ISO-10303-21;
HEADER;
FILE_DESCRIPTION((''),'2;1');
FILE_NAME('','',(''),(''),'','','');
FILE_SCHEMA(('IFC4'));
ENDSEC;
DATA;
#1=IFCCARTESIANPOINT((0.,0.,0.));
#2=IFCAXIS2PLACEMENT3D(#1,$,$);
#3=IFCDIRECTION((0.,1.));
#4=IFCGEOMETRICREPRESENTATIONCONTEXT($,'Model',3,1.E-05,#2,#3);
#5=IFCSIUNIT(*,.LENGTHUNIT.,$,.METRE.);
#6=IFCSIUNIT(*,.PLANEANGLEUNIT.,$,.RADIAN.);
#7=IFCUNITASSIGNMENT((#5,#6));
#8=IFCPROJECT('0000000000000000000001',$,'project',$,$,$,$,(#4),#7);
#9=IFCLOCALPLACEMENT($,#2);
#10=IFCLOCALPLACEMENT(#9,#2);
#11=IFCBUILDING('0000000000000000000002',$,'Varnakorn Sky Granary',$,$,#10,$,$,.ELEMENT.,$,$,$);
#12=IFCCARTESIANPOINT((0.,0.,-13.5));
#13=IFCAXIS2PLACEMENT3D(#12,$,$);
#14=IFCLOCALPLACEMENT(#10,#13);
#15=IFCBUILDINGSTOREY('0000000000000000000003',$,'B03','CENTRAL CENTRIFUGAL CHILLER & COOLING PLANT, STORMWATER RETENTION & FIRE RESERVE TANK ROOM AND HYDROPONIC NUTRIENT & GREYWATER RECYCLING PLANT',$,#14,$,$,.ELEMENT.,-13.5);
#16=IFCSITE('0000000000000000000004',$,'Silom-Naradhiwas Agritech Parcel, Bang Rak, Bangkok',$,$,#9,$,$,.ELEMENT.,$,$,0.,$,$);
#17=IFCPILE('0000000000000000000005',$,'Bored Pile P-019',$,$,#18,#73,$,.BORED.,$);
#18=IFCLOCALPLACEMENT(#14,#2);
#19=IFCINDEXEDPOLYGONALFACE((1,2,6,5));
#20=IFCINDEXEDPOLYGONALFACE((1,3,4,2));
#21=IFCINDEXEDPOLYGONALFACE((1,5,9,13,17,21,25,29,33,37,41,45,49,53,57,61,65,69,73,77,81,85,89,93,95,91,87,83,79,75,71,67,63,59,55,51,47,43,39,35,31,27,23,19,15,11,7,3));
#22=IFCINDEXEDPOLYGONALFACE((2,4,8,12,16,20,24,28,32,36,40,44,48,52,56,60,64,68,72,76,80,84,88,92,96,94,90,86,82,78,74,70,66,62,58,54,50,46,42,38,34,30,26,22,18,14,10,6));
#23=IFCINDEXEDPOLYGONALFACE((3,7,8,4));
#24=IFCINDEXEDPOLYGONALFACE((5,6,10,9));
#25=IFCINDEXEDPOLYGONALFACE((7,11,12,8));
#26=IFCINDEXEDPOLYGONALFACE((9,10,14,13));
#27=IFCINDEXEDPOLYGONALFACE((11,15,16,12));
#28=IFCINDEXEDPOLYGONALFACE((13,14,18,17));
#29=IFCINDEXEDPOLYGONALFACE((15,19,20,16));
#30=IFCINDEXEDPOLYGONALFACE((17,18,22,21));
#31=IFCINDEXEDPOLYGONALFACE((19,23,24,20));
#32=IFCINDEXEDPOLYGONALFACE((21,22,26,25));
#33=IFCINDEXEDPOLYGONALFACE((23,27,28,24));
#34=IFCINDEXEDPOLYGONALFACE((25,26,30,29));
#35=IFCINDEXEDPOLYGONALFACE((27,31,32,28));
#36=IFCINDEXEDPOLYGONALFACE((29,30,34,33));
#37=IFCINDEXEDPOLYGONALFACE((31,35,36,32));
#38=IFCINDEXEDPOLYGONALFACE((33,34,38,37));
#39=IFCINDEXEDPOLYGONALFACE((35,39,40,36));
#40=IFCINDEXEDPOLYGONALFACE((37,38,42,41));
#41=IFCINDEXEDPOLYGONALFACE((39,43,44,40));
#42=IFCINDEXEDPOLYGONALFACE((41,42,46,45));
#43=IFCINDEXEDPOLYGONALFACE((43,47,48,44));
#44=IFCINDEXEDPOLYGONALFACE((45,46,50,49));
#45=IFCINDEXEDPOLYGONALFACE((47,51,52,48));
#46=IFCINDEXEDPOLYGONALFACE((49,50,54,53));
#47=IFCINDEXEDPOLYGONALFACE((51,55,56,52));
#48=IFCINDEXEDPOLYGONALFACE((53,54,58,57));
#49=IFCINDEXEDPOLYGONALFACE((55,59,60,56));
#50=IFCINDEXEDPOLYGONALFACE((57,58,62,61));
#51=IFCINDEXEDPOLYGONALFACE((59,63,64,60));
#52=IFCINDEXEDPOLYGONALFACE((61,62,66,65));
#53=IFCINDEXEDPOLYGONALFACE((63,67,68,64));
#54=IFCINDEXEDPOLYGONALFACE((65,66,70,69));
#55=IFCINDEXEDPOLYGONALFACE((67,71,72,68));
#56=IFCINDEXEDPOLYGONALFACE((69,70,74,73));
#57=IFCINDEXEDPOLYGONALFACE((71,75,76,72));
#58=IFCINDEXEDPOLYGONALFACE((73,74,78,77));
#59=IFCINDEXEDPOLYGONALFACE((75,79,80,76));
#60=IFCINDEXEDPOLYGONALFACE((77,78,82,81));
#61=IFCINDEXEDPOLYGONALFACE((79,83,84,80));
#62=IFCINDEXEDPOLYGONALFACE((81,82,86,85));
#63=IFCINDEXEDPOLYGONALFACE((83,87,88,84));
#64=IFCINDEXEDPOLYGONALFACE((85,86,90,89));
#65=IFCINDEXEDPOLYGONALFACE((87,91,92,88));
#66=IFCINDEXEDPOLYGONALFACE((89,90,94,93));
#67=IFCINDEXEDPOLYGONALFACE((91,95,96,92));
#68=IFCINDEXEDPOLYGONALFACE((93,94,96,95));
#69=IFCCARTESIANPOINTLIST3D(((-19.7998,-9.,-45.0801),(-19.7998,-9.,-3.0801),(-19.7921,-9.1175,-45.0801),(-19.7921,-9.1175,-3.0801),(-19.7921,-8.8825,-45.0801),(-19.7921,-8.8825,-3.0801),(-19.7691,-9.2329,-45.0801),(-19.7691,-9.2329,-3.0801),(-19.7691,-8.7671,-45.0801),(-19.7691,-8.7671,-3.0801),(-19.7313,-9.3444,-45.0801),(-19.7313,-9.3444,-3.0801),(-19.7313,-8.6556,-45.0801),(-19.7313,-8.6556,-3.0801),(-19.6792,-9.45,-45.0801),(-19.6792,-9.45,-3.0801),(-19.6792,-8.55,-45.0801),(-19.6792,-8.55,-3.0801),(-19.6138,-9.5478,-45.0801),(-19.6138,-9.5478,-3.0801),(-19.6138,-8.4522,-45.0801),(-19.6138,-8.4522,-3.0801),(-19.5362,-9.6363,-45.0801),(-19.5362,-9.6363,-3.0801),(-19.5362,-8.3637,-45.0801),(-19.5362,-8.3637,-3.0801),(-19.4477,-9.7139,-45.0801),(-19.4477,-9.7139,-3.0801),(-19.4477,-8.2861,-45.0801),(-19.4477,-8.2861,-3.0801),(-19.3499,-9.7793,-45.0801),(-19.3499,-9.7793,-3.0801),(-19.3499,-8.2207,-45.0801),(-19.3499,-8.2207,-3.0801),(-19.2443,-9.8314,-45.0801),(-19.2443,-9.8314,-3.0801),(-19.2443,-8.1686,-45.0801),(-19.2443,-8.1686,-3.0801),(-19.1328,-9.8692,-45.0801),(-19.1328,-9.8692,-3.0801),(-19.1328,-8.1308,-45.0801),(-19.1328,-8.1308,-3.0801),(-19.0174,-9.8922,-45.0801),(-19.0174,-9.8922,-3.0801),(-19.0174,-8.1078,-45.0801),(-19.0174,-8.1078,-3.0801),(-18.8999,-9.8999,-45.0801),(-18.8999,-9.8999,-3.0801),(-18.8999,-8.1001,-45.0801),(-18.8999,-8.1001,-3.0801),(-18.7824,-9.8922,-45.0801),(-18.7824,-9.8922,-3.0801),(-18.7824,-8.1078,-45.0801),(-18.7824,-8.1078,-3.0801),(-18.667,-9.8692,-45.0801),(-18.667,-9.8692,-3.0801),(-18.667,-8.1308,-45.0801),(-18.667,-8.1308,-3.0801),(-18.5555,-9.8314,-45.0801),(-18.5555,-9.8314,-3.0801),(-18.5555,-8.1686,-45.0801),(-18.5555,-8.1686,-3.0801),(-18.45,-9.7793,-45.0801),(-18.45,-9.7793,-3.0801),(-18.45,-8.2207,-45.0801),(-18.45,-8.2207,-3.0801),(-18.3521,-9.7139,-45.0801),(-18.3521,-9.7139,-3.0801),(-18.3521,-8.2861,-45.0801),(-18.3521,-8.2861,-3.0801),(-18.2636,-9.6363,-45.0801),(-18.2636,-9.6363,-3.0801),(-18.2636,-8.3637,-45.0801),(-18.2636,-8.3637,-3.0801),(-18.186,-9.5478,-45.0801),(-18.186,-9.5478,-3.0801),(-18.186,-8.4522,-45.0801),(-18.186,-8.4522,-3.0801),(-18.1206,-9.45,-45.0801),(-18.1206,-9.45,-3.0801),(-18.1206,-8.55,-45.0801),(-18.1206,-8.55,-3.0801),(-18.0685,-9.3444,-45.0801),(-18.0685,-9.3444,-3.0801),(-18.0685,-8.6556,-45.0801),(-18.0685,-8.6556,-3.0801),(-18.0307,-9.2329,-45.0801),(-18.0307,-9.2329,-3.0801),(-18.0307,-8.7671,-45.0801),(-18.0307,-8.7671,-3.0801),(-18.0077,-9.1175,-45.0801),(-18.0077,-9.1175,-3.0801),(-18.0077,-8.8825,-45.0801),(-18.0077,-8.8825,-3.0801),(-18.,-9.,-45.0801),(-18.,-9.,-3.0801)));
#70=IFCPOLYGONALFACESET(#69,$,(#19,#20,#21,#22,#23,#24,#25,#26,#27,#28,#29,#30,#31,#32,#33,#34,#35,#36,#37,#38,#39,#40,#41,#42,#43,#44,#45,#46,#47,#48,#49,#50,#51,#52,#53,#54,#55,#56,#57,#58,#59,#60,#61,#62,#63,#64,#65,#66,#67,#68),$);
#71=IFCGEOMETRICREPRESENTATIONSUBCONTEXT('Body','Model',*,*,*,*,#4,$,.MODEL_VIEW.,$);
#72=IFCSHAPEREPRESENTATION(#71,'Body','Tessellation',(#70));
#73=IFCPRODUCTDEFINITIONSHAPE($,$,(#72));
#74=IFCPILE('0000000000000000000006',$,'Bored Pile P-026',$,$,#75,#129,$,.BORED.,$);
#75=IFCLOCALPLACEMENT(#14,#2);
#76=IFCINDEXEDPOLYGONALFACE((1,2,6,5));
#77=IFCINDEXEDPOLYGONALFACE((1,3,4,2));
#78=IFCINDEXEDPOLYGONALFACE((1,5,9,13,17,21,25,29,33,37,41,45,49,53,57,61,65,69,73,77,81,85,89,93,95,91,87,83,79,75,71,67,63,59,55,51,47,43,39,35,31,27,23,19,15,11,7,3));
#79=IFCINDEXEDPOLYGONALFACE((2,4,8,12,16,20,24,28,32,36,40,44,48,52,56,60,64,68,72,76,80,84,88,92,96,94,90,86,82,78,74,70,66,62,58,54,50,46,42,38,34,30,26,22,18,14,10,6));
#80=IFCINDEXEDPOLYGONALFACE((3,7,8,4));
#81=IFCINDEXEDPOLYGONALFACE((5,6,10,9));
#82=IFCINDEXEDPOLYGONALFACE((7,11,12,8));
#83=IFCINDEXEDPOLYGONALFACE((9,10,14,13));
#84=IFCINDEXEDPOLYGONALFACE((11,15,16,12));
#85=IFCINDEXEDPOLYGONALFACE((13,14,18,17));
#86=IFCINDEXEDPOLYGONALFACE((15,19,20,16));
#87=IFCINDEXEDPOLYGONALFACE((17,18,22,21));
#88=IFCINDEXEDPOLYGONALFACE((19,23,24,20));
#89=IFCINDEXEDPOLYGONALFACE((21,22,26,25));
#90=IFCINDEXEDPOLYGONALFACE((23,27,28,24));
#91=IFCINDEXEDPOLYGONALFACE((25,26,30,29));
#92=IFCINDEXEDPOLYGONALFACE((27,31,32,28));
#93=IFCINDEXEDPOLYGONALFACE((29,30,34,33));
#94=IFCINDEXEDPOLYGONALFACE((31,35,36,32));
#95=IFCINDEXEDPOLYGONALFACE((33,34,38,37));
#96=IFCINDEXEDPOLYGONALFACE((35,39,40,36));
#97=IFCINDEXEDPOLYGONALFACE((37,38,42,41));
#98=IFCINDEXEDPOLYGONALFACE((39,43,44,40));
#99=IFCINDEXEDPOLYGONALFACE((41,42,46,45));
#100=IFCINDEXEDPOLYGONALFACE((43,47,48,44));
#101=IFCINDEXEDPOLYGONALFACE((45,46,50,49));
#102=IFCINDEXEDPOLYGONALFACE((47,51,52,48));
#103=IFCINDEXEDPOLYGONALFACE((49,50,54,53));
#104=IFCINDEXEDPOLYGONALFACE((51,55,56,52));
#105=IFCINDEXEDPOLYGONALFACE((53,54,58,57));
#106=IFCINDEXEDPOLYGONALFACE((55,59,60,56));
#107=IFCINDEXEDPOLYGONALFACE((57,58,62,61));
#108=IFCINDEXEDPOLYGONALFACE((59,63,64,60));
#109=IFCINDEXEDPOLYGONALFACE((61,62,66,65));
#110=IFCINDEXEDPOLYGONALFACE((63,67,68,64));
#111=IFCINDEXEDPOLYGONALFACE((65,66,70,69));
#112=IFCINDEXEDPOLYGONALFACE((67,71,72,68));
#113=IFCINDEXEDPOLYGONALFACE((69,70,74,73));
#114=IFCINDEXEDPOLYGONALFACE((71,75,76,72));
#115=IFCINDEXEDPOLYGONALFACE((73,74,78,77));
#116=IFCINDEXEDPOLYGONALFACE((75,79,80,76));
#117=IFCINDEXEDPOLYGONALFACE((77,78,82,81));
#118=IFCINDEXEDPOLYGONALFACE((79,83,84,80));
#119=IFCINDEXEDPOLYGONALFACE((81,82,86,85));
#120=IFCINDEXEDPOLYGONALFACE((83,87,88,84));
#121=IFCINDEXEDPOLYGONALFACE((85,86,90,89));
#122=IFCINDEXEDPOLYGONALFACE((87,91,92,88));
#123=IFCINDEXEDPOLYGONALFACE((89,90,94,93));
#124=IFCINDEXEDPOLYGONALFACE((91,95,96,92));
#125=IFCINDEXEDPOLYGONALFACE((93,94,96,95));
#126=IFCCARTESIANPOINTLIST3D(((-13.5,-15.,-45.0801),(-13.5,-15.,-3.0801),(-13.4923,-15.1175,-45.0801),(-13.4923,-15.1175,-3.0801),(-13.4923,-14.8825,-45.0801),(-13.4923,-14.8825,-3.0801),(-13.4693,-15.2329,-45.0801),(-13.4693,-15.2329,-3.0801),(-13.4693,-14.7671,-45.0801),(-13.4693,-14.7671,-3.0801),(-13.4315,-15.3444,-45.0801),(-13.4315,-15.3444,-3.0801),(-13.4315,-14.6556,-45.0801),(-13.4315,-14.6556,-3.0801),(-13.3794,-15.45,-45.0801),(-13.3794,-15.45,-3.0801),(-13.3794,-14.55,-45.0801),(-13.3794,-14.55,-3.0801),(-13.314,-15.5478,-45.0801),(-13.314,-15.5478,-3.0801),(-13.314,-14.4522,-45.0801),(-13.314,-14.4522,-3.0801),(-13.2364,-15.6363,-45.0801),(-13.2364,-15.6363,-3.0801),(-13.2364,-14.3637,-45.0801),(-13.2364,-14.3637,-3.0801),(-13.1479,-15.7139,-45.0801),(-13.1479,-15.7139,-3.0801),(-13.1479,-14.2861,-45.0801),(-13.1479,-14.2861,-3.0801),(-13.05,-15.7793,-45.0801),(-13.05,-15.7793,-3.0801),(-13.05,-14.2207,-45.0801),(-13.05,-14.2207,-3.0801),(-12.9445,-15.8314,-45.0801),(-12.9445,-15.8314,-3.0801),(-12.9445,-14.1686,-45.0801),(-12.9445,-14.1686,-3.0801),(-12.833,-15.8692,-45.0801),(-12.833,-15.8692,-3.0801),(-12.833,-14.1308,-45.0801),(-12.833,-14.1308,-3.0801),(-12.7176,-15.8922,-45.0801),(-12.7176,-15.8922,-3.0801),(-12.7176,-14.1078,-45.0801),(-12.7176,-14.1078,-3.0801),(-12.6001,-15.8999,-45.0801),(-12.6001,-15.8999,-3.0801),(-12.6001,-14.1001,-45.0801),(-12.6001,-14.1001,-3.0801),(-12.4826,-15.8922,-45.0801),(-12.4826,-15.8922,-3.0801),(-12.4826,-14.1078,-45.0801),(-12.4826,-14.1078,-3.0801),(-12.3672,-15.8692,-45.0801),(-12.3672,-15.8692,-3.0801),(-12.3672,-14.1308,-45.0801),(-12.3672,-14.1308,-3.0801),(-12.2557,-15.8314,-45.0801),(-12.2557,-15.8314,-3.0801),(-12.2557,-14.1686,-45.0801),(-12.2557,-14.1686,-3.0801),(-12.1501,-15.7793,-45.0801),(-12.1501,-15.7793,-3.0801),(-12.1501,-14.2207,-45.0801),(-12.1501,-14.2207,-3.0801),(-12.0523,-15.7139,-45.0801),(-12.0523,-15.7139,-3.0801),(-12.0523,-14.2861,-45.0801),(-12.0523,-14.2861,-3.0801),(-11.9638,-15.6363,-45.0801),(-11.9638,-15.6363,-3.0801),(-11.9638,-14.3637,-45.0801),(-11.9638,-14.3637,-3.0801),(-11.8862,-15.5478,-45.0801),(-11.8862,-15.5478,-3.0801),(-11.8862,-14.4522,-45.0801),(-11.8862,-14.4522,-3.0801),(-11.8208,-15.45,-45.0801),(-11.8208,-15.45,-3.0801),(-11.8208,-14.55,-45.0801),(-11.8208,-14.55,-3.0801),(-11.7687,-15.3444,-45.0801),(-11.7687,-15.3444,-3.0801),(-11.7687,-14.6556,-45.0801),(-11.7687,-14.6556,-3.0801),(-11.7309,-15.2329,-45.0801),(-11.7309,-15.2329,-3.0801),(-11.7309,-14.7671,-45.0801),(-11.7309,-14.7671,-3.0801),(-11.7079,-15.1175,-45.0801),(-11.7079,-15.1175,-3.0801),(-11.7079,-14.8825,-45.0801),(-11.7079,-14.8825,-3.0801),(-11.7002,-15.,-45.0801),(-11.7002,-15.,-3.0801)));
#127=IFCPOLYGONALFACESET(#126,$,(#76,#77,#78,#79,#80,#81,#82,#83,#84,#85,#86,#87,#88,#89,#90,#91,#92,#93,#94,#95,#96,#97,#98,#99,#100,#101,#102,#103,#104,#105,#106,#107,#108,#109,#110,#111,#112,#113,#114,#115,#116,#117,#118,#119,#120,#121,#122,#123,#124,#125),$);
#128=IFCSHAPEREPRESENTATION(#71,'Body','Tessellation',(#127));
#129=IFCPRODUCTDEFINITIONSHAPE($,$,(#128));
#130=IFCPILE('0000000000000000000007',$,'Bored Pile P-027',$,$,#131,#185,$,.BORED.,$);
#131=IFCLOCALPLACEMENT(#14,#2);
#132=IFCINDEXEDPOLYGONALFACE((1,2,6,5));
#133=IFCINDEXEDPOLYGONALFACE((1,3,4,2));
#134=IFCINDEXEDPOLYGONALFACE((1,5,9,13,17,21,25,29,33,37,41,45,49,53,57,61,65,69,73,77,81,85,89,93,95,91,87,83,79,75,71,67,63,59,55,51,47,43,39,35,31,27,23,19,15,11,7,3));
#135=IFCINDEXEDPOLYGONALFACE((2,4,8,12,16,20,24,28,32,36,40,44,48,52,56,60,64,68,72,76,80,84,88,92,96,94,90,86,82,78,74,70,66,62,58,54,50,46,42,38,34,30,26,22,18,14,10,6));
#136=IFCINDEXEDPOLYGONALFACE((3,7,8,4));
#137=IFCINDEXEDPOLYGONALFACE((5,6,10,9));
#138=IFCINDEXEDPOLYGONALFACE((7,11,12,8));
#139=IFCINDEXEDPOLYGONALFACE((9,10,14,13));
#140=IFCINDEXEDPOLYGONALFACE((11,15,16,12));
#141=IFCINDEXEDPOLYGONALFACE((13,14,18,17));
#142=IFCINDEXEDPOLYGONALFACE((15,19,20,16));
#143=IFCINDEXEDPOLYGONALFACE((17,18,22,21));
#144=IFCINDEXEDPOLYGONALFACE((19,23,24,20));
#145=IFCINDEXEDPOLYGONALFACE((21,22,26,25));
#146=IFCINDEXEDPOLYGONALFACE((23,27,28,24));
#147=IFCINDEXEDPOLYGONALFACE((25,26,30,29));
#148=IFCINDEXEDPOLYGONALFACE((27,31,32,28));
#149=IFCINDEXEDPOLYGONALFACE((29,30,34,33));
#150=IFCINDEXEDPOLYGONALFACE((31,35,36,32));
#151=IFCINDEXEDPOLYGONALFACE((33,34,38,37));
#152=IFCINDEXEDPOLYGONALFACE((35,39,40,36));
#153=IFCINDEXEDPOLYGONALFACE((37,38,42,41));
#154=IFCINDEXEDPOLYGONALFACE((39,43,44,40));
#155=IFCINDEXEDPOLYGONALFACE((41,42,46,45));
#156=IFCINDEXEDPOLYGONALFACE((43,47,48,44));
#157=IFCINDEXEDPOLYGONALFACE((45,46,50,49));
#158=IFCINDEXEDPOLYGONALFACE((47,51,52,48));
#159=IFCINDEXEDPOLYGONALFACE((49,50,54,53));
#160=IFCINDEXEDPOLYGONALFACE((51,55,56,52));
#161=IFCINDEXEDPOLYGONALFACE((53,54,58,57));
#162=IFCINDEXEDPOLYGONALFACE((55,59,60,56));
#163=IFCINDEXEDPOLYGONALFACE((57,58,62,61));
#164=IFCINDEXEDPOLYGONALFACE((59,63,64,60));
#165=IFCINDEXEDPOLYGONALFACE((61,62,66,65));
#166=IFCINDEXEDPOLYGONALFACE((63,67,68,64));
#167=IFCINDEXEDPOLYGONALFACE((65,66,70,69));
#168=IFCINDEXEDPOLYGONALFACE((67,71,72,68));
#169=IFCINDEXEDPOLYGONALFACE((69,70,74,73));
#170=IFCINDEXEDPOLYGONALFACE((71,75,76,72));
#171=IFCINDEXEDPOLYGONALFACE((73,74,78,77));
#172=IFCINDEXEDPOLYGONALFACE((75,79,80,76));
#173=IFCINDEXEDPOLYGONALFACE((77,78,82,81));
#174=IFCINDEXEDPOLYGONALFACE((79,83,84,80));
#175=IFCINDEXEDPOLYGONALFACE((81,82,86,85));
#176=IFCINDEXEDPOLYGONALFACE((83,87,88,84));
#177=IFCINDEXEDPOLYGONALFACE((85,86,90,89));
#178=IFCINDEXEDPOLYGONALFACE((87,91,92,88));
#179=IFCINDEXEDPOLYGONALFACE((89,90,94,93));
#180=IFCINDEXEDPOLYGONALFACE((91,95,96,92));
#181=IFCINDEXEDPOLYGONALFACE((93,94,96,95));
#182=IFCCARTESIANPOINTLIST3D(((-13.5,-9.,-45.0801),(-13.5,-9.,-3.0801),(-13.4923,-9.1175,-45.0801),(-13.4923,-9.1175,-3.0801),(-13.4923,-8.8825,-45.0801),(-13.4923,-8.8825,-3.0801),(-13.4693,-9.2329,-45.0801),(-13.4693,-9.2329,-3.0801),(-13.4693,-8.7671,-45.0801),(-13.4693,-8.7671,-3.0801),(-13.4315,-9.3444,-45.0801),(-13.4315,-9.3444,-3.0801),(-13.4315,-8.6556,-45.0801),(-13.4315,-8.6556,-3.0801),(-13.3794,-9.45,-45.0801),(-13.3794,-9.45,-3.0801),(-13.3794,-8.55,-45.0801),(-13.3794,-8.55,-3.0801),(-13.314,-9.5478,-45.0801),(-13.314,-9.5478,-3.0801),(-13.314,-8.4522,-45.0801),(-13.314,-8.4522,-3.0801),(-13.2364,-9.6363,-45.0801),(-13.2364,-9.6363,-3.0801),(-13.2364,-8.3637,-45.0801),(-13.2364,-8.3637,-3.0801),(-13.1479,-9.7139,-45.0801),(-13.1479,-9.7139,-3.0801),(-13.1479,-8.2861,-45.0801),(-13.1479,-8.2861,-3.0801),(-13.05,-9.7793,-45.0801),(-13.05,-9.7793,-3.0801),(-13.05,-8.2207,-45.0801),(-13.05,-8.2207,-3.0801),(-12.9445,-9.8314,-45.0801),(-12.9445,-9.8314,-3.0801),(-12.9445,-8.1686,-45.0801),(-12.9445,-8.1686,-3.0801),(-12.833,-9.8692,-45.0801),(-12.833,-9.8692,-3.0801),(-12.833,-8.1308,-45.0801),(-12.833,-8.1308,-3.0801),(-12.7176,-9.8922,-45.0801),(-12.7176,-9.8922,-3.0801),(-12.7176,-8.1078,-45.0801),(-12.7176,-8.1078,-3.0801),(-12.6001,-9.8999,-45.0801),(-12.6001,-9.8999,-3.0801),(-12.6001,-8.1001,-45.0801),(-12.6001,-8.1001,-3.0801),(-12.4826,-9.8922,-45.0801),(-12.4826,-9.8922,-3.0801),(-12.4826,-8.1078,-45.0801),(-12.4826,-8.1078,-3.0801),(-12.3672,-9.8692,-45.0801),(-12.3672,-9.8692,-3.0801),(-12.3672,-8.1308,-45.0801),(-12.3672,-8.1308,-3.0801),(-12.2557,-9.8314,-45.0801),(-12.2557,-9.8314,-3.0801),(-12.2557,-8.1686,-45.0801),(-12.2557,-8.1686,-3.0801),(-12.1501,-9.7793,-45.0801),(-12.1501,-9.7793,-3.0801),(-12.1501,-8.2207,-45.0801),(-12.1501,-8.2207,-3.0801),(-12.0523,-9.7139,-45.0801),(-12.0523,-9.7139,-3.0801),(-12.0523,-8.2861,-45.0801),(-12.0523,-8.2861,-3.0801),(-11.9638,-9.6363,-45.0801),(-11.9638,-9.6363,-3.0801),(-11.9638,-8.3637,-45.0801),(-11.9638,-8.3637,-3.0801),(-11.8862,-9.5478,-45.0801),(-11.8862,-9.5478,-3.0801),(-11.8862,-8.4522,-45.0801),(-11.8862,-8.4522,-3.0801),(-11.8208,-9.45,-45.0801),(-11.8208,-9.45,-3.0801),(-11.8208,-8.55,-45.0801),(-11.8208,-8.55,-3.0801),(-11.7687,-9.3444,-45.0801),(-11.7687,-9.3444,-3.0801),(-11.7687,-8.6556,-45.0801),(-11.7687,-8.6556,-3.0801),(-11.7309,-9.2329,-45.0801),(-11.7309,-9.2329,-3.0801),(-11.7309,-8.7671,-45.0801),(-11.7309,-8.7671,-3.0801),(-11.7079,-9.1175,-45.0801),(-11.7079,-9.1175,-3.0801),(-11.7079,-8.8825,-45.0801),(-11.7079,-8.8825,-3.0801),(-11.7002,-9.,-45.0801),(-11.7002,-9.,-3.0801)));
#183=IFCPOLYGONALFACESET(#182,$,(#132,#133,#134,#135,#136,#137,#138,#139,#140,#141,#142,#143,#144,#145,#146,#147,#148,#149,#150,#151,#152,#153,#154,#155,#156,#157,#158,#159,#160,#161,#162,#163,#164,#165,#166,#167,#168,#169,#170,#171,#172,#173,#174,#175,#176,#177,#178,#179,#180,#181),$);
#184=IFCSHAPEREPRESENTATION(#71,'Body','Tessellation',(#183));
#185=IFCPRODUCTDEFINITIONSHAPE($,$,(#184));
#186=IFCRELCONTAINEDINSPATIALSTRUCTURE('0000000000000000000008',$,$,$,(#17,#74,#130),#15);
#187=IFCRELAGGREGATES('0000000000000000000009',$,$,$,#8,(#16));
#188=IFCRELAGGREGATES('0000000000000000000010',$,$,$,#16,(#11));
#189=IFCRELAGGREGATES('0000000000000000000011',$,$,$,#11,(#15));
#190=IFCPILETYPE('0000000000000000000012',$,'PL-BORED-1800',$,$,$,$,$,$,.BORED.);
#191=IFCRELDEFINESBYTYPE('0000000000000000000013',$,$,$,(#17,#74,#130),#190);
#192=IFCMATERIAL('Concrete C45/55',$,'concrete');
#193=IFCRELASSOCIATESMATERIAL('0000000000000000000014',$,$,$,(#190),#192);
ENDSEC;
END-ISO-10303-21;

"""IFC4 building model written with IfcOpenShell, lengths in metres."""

from ifc_helpers import new_model, si_unit, direction, frame, origin, origin_2d, place, context, subcontext, project, spatial, circle, extrude, material, material_profile, profile_set, type_object, element, save


model = new_model("IFC4")

# Units and contexts
model_context = context("Model", 3, precision=1e-05, world=origin(), true_north=direction((0.0, 1.0)))
body_context = subcontext(model_context, "Body", "Model", "MODEL_VIEW")
ifc_project = project(units=[si_unit("LENGTHUNIT", "METRE"), si_unit("PLANEANGLEUNIT", "RADIAN")], contexts=[model_context])

# Site, building, storey
site_placement = place(None, origin())
site = spatial("IfcSite", under=ifc_project, at=site_placement, Name="Silom-Naradhiwas Agritech Parcel, Bang Rak, Bangkok", CompositionType="ELEMENT", RefElevation=0.0)
building_placement = place(site_placement, origin())
building = spatial("IfcBuilding", under=site, at=building_placement, Name="Varnakorn Sky Granary", CompositionType="ELEMENT")
storey_placement = place(building_placement, frame((0.0, 0.0, -13.5)))
storey = spatial("IfcBuildingStorey", under=building, at=storey_placement, Name="B03", Description="CENTRAL CENTRIFUGAL CHILLER & COOLING PLANT, STORMWATER RETENTION & FIRE RESERVE TANK ROOM AND HYDROPONIC NUTRIENT & GREYWATER RECYCLING PLANT", CompositionType="ELEMENT", Elevation=-13.5)

# Piles
ifc_material_1 = material(Name="Concrete C45/55", Category="concrete")
ifc_material_profile_1 = material_profile(ifc_material_1, circle(Radius=0.8999, at=origin_2d()), Name="PILE D1800")
ifc_profile_set_1 = profile_set([ifc_material_profile_1], Name="Concrete C45/55")
pile_type_1 = type_object("IfcPileType", Name="PL-BORED-1800", PredefinedType="BORED", material=ifc_profile_set_1)
for number, where, z_axis, x_axis, name in (
    (1, (-18.8999, -9.0, -3.0801), (0.0, 0.0, -1.0), (1.0, 0.0, 0.0), "Bored Pile P-019"),
    (2, (-12.6001, -15.0, -3.0801), (0.0, 0.0, -1.0), (1.0, 0.0, 0.0), "Bored Pile P-026"),
    (3, (-12.6001, -9.0, -3.0801), (0.0, 0.0, -1.0), (1.0, 0.0, 0.0), "Bored Pile P-027"),
):
    element("IfcPile", number, at=place(storey_placement, frame(where, z_axis=z_axis, x_axis=x_axis)), inside=storey, type_object=pile_type_1, Name=name, PredefinedType="BORED", context=body_context, shape_type="SweptSolid", body=[
        extrude(circle(Radius=0.8999, at=origin_2d()), origin(), (0.0, 0.0, 1.0), 42.0),
    ])

save(model, "model.ifc")
